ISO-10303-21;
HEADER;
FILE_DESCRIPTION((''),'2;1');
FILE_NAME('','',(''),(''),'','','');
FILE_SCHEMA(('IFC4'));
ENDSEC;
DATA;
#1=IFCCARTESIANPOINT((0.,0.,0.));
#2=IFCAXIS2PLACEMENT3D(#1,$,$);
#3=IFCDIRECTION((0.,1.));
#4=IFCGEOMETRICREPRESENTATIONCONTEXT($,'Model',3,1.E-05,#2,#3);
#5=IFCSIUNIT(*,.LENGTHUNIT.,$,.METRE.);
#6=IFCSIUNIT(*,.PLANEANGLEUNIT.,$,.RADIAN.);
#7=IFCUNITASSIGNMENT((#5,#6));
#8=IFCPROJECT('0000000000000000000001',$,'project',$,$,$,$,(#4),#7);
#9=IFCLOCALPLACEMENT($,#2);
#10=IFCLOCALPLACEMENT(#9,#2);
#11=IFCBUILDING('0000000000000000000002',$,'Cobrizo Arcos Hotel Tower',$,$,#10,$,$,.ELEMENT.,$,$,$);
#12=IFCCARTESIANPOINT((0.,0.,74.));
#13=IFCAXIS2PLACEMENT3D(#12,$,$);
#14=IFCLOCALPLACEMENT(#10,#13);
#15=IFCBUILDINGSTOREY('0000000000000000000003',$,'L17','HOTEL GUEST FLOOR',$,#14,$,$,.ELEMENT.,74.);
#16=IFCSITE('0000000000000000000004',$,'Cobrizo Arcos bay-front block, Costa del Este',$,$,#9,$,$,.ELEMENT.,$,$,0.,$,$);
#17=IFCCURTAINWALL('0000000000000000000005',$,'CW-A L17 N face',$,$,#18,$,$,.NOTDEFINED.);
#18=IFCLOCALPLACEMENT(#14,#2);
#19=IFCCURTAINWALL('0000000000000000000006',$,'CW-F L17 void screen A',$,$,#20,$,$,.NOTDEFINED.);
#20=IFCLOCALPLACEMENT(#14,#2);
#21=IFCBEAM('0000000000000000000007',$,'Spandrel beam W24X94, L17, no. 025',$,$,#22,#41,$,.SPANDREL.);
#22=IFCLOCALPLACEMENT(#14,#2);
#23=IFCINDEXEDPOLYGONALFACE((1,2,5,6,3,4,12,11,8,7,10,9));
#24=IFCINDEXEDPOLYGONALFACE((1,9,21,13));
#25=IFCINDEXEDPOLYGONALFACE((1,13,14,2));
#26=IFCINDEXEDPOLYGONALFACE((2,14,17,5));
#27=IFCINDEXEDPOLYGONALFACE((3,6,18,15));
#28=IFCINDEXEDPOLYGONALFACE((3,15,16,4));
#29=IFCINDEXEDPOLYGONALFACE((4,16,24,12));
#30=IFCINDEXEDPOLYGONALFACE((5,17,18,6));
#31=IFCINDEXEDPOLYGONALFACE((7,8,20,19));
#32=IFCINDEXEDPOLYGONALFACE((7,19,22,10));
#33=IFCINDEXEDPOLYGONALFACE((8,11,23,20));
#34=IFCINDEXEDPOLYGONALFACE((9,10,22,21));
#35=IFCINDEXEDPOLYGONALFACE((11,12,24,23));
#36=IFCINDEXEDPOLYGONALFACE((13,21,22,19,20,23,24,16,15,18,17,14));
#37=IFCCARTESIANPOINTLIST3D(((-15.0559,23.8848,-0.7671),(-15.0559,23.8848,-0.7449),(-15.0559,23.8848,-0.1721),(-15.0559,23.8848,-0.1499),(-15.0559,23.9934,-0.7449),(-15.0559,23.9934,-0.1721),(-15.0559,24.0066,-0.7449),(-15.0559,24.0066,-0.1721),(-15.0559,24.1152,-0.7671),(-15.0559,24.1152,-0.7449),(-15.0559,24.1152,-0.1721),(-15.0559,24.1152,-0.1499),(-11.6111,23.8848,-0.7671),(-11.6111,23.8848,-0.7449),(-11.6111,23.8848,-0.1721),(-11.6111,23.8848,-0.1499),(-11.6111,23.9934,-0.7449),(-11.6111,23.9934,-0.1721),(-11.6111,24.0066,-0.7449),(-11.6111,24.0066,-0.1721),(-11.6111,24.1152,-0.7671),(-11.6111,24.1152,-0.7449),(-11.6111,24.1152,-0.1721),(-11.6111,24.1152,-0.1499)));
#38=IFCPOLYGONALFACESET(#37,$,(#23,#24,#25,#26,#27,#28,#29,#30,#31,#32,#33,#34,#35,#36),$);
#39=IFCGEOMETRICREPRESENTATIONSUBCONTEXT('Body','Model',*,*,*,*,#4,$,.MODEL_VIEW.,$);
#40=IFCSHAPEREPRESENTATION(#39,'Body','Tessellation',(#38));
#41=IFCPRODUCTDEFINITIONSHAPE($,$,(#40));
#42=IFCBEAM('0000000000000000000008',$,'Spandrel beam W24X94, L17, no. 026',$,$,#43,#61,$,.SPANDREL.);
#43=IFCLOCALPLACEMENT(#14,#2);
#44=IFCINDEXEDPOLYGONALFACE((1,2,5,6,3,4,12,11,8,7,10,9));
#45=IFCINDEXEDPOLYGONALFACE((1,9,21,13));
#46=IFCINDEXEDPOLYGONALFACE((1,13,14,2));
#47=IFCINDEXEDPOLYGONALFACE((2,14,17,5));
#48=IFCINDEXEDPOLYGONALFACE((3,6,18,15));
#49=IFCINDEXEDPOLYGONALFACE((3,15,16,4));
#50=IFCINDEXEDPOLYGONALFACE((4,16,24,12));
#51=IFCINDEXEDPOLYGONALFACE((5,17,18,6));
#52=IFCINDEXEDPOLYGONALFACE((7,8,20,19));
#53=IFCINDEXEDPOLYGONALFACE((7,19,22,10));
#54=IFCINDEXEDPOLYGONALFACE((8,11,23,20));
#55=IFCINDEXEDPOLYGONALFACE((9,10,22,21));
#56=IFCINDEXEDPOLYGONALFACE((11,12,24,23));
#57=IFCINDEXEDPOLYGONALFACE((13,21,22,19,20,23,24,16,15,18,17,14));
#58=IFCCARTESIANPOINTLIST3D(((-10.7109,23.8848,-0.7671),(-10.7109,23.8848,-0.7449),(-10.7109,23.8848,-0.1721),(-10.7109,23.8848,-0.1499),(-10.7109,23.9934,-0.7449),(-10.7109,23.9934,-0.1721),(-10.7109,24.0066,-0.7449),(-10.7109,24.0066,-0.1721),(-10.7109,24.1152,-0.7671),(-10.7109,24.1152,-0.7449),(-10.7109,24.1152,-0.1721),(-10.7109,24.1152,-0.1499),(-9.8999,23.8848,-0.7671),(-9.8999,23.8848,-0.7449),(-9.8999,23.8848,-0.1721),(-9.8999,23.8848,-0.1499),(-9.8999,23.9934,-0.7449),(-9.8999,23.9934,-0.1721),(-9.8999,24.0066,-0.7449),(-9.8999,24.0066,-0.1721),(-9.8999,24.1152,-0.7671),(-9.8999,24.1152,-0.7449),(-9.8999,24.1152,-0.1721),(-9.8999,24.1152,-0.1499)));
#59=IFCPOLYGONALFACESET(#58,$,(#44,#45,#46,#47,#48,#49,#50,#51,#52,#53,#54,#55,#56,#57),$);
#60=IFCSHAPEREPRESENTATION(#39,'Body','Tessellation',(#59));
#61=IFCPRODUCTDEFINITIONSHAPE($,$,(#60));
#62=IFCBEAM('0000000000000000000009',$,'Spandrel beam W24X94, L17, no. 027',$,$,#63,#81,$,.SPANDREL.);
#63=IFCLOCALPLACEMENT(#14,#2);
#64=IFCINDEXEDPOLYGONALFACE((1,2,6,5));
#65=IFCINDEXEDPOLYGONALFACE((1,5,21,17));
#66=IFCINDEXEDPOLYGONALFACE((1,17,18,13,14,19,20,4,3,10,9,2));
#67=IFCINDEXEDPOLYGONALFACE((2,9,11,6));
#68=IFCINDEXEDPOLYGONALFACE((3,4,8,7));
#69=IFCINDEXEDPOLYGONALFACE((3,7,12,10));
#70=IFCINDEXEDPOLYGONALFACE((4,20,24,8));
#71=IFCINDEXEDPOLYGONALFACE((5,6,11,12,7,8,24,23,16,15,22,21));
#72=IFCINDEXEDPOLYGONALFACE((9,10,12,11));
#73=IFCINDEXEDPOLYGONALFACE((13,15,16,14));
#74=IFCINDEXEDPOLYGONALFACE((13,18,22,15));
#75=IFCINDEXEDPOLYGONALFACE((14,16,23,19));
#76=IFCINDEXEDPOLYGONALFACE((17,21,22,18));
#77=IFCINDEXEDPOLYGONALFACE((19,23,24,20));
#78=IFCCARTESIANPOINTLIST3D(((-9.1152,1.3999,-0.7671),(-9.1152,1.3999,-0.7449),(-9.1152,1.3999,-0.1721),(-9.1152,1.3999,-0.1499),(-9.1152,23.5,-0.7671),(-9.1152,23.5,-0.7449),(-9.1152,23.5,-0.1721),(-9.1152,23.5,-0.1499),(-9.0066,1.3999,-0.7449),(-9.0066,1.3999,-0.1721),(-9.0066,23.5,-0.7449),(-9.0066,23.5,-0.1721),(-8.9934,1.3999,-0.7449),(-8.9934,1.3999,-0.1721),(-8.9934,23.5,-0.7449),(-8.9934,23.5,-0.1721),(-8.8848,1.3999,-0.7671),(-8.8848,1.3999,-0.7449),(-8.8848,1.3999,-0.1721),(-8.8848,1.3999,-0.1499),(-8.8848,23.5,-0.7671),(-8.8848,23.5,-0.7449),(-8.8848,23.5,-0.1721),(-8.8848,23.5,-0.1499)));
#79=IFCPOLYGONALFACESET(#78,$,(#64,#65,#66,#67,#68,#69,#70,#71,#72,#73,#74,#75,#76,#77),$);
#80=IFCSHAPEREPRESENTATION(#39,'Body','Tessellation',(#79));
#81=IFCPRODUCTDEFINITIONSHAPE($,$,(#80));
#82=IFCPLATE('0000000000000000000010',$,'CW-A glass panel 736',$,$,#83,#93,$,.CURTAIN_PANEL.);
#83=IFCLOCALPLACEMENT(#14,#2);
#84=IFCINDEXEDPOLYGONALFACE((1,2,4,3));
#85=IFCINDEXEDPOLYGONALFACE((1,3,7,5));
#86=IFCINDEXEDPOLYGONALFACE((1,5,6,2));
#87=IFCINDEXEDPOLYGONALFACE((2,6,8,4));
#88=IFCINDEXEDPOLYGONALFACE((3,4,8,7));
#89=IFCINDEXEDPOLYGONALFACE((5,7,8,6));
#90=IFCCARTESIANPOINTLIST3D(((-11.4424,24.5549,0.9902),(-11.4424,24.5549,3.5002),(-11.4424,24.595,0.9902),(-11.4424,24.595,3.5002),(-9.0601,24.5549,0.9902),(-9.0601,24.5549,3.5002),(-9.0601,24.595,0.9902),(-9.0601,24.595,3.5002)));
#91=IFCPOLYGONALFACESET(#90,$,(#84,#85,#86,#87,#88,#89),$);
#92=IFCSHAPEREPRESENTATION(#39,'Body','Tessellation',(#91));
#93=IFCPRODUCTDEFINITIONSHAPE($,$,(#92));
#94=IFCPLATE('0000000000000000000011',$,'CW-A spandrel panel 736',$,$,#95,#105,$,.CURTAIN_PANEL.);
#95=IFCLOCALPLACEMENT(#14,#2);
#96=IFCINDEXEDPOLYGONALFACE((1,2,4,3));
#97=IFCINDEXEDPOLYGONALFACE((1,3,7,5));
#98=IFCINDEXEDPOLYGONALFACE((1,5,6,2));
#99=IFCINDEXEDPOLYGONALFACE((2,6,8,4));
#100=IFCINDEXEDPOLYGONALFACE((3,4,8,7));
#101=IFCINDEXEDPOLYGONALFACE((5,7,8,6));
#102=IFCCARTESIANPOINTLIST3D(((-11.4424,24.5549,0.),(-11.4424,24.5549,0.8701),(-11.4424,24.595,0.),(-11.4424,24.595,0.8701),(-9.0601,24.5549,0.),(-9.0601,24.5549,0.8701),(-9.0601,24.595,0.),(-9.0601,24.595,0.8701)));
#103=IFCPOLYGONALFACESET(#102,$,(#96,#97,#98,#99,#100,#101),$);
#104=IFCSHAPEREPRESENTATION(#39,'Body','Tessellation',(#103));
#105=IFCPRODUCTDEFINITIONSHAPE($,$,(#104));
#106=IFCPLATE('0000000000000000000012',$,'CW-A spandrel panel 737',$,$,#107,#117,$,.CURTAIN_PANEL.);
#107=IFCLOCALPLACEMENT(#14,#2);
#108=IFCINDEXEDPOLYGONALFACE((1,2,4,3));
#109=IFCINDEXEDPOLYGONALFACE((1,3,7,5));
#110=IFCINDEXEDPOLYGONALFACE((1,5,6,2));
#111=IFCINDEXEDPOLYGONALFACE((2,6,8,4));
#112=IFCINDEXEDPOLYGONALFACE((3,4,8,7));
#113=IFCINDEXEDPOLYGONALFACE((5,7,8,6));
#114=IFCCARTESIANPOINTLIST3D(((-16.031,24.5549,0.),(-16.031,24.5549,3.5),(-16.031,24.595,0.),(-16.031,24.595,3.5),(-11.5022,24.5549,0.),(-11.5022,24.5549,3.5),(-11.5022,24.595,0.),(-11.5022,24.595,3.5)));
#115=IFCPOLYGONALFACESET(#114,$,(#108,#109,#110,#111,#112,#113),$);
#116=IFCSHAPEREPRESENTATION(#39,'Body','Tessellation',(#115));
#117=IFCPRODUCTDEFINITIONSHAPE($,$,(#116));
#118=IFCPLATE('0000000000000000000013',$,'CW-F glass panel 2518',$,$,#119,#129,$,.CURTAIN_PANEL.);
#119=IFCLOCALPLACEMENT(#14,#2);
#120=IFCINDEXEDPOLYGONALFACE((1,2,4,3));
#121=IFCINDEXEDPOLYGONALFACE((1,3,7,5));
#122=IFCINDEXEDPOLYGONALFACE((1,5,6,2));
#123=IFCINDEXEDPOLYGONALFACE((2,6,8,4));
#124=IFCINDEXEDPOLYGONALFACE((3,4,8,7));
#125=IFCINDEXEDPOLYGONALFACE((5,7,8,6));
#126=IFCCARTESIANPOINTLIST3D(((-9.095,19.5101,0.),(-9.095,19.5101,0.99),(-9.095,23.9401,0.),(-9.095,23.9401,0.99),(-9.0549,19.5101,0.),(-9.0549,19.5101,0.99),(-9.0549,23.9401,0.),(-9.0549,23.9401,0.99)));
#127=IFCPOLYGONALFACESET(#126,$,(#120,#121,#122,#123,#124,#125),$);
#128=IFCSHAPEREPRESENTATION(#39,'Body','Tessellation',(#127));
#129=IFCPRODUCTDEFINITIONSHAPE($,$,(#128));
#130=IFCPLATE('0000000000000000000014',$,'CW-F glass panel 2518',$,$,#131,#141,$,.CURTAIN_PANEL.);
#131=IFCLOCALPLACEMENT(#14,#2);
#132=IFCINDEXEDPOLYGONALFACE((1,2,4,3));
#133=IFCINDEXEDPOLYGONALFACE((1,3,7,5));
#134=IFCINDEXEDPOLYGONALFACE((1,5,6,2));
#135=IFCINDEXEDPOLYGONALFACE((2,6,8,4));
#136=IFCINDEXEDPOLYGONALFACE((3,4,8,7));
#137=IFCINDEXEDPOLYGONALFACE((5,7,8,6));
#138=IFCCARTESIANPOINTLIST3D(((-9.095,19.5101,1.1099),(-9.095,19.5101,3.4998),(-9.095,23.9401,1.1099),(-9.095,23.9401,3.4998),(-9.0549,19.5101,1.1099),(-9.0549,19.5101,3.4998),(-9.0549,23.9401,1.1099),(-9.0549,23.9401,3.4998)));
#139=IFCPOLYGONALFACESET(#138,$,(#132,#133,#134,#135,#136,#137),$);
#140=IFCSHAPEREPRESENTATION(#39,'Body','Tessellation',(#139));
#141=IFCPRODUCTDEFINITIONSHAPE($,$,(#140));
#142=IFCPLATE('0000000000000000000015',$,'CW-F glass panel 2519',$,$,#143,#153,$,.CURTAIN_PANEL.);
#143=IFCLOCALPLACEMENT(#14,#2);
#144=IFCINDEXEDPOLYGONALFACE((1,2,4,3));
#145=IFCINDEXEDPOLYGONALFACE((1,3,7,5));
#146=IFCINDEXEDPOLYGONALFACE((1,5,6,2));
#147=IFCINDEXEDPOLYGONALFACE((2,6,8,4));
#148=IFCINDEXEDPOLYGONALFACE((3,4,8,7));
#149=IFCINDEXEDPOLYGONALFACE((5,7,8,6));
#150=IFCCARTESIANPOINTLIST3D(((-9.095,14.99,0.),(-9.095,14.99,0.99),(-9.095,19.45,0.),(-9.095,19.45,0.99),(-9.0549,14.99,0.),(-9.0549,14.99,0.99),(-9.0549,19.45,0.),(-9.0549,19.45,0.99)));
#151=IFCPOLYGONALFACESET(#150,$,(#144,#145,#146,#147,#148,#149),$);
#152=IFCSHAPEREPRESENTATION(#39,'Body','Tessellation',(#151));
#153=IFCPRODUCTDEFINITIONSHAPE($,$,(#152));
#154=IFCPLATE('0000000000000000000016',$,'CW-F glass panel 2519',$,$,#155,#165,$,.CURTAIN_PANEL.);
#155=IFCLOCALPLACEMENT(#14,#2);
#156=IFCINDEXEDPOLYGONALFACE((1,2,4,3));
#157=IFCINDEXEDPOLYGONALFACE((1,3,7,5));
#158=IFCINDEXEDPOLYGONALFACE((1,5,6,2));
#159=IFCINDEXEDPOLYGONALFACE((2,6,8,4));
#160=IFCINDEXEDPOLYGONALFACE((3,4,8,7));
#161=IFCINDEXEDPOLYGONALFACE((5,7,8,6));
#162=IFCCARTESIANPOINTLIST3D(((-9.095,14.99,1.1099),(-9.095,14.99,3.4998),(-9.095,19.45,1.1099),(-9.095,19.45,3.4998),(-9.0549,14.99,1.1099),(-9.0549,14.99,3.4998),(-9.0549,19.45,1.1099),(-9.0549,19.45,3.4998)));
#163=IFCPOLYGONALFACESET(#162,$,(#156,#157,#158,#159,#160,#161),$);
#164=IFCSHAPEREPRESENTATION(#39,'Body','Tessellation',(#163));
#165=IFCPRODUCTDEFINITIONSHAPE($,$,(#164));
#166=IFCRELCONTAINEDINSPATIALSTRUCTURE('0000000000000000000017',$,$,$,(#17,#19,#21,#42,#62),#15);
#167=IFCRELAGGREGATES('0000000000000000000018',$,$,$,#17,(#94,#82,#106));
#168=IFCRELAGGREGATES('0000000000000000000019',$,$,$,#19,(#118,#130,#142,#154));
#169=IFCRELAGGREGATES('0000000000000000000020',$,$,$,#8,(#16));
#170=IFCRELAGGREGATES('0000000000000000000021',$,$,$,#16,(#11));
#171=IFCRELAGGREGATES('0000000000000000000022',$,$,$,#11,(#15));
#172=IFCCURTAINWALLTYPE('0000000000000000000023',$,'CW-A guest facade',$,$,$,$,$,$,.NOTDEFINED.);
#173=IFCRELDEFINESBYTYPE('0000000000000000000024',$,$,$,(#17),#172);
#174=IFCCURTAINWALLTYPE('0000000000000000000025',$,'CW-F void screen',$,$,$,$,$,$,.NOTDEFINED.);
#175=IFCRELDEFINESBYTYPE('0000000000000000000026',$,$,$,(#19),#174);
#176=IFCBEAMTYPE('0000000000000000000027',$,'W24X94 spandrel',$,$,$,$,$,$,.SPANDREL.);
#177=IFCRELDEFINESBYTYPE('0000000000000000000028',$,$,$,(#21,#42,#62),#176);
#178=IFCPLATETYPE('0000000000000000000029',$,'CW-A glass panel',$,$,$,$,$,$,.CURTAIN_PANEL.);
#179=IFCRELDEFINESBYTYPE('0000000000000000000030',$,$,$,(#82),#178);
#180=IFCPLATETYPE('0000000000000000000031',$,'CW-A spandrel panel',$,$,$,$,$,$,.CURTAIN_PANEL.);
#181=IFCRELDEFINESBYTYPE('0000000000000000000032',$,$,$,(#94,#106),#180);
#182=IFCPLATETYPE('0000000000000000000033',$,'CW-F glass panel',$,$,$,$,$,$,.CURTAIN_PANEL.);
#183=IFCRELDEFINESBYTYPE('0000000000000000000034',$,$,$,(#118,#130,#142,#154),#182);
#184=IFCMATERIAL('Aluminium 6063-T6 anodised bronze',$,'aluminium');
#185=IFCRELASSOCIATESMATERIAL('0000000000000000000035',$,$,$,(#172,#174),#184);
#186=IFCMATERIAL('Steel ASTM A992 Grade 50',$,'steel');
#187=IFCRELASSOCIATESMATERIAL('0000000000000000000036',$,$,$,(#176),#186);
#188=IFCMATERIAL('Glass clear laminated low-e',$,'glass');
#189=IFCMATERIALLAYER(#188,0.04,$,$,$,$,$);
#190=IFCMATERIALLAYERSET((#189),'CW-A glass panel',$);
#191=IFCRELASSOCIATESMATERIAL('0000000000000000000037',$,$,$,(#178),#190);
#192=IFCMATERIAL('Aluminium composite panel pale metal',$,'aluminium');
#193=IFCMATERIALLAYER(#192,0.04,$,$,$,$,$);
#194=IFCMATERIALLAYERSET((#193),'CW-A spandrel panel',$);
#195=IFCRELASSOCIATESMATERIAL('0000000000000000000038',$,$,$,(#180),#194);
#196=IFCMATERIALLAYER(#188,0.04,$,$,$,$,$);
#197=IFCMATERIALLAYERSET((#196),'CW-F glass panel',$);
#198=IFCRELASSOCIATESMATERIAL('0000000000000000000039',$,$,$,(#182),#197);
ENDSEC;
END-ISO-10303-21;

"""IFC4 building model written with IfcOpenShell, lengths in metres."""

from ifc_helpers import new_model, si_unit, direction, frame, origin, origin_2d, place, context, subcontext, project, spatial, rectangle, i_section, extrude, material, layer, layer_set, material_profile, profile_set, type_object, element, aggregate, save


model = new_model("IFC4")

# Units and contexts
model_context = context("Model", 3, precision=1e-05, world=origin(), true_north=direction((0.0, 1.0)))
body_context = subcontext(model_context, "Body", "Model", "MODEL_VIEW")
ifc_project = project(units=[si_unit("LENGTHUNIT", "METRE"), si_unit("PLANEANGLEUNIT", "RADIAN")], contexts=[model_context])

# Site, building, storey
site_placement = place(None, origin())
site = spatial("IfcSite", under=ifc_project, at=site_placement, Name="Cobrizo Arcos bay-front block, Costa del Este", CompositionType="ELEMENT", RefElevation=0.0)
building_placement = place(site_placement, origin())
building = spatial("IfcBuilding", under=site, at=building_placement, Name="Cobrizo Arcos Hotel Tower", CompositionType="ELEMENT")
storey_placement = place(building_placement, frame((0.0, 0.0, 74.0)))
storey = spatial("IfcBuildingStorey", under=building, at=storey_placement, Name="L17", Description="HOTEL GUEST FLOOR", CompositionType="ELEMENT", Elevation=74.0)

# Curtain walls
ifc_material_1 = material(Name="Aluminium 6063-T6 anodised bronze", Category="aluminium")
curtain_wall_type_1 = type_object("IfcCurtainWallType", Name="CW-A guest facade", PredefinedType="NOTDEFINED", material=ifc_material_1)
curtain_wall_1_placement = place(storey_placement, origin())
curtain_wall_1 = element("IfcCurtainWall", 1, at=curtain_wall_1_placement, inside=storey, type_object=curtain_wall_type_1, Name="CW-A L17 N face", PredefinedType="NOTDEFINED")
curtain_wall_type_2 = type_object("IfcCurtainWallType", Name="CW-F void screen", PredefinedType="NOTDEFINED", material=ifc_material_1)
curtain_wall_2_placement = place(storey_placement, origin())
curtain_wall_2 = element("IfcCurtainWall", 2, at=curtain_wall_2_placement, inside=storey, type_object=curtain_wall_type_2, Name="CW-F L17 void screen A", PredefinedType="NOTDEFINED")

# Beams
ifc_material_2 = material(Name="Steel ASTM A992 Grade 50", Category="steel")
ifc_material_profile_1 = material_profile(ifc_material_2, i_section(OverallWidth=0.2305, OverallDepth=0.6172, WebThickness=0.0132, FlangeThickness=0.0222, at=origin_2d()), Name="W24X94")
ifc_profile_set_1 = profile_set([ifc_material_profile_1], Name="Steel ASTM A992 Grade 50")
beam_type = type_object("IfcBeamType", Name="W24X94 spandrel", PredefinedType="SPANDREL", material=ifc_profile_set_1)
beam_1_placement = place(storey_placement, frame((-15.0559, 24.0, -0.4585), z_axis=(1.0, 0.0, 0.0), x_axis=(0.0, 1.0, 0.0)))
element("IfcBeam", 3, at=beam_1_placement, inside=storey, type_object=beam_type, Name="Spandrel beam W24X94, L17, no. 025", PredefinedType="SPANDREL", context=body_context, shape_type="SweptSolid", body=[
    extrude(i_section(OverallWidth=0.2305, OverallDepth=0.6172, WebThickness=0.0132, FlangeThickness=0.0222, at=origin_2d()), origin(), (0.0, 0.0, 1.0), 3.4448),
])
beam_2_placement = place(storey_placement, frame((-10.7109, 24.0, -0.4585), z_axis=(1.0, 0.0, 0.0), x_axis=(0.0, 1.0, 0.0)))
element("IfcBeam", 4, at=beam_2_placement, inside=storey, type_object=beam_type, Name="Spandrel beam W24X94, L17, no. 026", PredefinedType="SPANDREL", context=body_context, shape_type="SweptSolid", body=[
    extrude(i_section(OverallWidth=0.2305, OverallDepth=0.6172, WebThickness=0.0132, FlangeThickness=0.0222, at=origin_2d()), origin(), (0.0, 0.0, 1.0), 0.811),
])
beam_3_placement = place(storey_placement, frame((-9.0, 23.5, -0.4585), z_axis=(0.0, -1.0, 0.0), x_axis=(1.0, 0.0, 0.0)))
element("IfcBeam", 5, at=beam_3_placement, inside=storey, type_object=beam_type, Name="Spandrel beam W24X94, L17, no. 027", PredefinedType="SPANDREL", context=body_context, shape_type="SweptSolid", body=[
    extrude(i_section(OverallWidth=0.2305, OverallDepth=0.6172, WebThickness=0.0132, FlangeThickness=0.0222, at=origin_2d()), origin(), (0.0, 0.0, 1.0), 22.1001),
])

# Plates
ifc_material_3 = material(Name="Glass clear laminated low-e", Category="glass")
ifc_layer_1 = layer(ifc_material_3, 0.04)
ifc_layer_set_1 = layer_set([ifc_layer_1], Name="CW-A glass panel")
plate_type_1 = type_object("IfcPlateType", Name="CW-A glass panel", PredefinedType="CURTAIN_PANEL", material=ifc_layer_set_1)
plate_1_placement = place(storey_placement, frame((-10.2512, 24.575, 0.9902), z_axis=(0.0, 0.0, 1.0), x_axis=(-1.0, 0.0, 0.0)))
plate_1 = element("IfcPlate", 6, at=plate_1_placement, type_object=plate_type_1, Name="CW-A glass panel 736", PredefinedType="CURTAIN_PANEL", context=body_context, shape_type="SweptSolid", body=[
    extrude(rectangle(XDim=2.3823, YDim=0.04, at=origin_2d()), origin(), (0.0, 0.0, 1.0), 2.51),
])
ifc_material_4 = material(Name="Aluminium composite panel pale metal", Category="aluminium")
ifc_layer_2 = layer(ifc_material_4, 0.04)
ifc_layer_set_2 = layer_set([ifc_layer_2], Name="CW-A spandrel panel")
plate_type_2 = type_object("IfcPlateType", Name="CW-A spandrel panel", PredefinedType="CURTAIN_PANEL", material=ifc_layer_set_2)
plate_2_placement = place(storey_placement, frame((-10.2512, 24.575, 0.0), z_axis=(0.0, 0.0, 1.0), x_axis=(-1.0, 0.0, 0.0)))
plate_2 = element("IfcPlate", 7, at=plate_2_placement, type_object=plate_type_2, Name="CW-A spandrel panel 736", PredefinedType="CURTAIN_PANEL", context=body_context, shape_type="SweptSolid", body=[
    extrude(rectangle(XDim=2.3823, YDim=0.04, at=origin_2d()), origin(), (0.0, 0.0, 1.0), 0.8701),
])
plate_3_placement = place(storey_placement, frame((-13.7666, 24.575, 0.0), z_axis=(0.0, 0.0, 1.0), x_axis=(-1.0, 0.0, 0.0)))
plate_3 = element("IfcPlate", 8, at=plate_3_placement, type_object=plate_type_2, Name="CW-A spandrel panel 737", PredefinedType="CURTAIN_PANEL", context=body_context, shape_type="SweptSolid", body=[
    extrude(rectangle(XDim=4.5288, YDim=0.04, at=origin_2d()), origin(), (0.0, 0.0, 1.0), 3.5),
])
aggregate(curtain_wall_1, [plate_2, plate_1, plate_3])
ifc_layer_3 = layer(ifc_material_3, 0.04)
ifc_layer_set_3 = layer_set([ifc_layer_3], Name="CW-F glass panel")
plate_type_3 = type_object("IfcPlateType", Name="CW-F glass panel", PredefinedType="CURTAIN_PANEL", material=ifc_layer_set_3)
plate_4_placement = place(storey_placement, frame((-9.075, 21.7251, 0.0), z_axis=(0.0, 0.0, 1.0), x_axis=(0.0, -1.0, 0.0)))
plate_4 = element("IfcPlate", 9, at=plate_4_placement, type_object=plate_type_3, Name="CW-F glass panel 2518", PredefinedType="CURTAIN_PANEL", context=body_context, shape_type="SweptSolid", body=[
    extrude(rectangle(XDim=4.4299, YDim=0.04, at=origin_2d()), origin(), (0.0, 0.0, 1.0), 0.99),
])
plate_5_placement = place(storey_placement, frame((-9.075, 21.7251, 1.1099), z_axis=(0.0, 0.0, 1.0), x_axis=(0.0, -1.0, 0.0)))
plate_5 = element("IfcPlate", 10, at=plate_5_placement, type_object=plate_type_3, Name="CW-F glass panel 2518", PredefinedType="CURTAIN_PANEL", context=body_context, shape_type="SweptSolid", body=[
    extrude(rectangle(XDim=4.4299, YDim=0.04, at=origin_2d()), origin(), (0.0, 0.0, 1.0), 2.3899),
])
plate_6_placement = place(storey_placement, frame((-9.075, 17.22, 0.0), z_axis=(0.0, 0.0, 1.0), x_axis=(0.0, -1.0, 0.0)))
plate_6 = element("IfcPlate", 11, at=plate_6_placement, type_object=plate_type_3, Name="CW-F glass panel 2519", PredefinedType="CURTAIN_PANEL", context=body_context, shape_type="SweptSolid", body=[
    extrude(rectangle(XDim=4.46, YDim=0.04, at=origin_2d()), origin(), (0.0, 0.0, 1.0), 0.99),
])
plate_7_placement = place(storey_placement, frame((-9.075, 17.22, 1.1099), z_axis=(0.0, 0.0, 1.0), x_axis=(0.0, -1.0, 0.0)))
plate_7 = element("IfcPlate", 12, at=plate_7_placement, type_object=plate_type_3, Name="CW-F glass panel 2519", PredefinedType="CURTAIN_PANEL", context=body_context, shape_type="SweptSolid", body=[
    extrude(rectangle(XDim=4.46, YDim=0.04, at=origin_2d()), origin(), (0.0, 0.0, 1.0), 2.3899),
])
aggregate(curtain_wall_2, [plate_4, plate_5, plate_6, plate_7])

save(model, "model.ifc")
